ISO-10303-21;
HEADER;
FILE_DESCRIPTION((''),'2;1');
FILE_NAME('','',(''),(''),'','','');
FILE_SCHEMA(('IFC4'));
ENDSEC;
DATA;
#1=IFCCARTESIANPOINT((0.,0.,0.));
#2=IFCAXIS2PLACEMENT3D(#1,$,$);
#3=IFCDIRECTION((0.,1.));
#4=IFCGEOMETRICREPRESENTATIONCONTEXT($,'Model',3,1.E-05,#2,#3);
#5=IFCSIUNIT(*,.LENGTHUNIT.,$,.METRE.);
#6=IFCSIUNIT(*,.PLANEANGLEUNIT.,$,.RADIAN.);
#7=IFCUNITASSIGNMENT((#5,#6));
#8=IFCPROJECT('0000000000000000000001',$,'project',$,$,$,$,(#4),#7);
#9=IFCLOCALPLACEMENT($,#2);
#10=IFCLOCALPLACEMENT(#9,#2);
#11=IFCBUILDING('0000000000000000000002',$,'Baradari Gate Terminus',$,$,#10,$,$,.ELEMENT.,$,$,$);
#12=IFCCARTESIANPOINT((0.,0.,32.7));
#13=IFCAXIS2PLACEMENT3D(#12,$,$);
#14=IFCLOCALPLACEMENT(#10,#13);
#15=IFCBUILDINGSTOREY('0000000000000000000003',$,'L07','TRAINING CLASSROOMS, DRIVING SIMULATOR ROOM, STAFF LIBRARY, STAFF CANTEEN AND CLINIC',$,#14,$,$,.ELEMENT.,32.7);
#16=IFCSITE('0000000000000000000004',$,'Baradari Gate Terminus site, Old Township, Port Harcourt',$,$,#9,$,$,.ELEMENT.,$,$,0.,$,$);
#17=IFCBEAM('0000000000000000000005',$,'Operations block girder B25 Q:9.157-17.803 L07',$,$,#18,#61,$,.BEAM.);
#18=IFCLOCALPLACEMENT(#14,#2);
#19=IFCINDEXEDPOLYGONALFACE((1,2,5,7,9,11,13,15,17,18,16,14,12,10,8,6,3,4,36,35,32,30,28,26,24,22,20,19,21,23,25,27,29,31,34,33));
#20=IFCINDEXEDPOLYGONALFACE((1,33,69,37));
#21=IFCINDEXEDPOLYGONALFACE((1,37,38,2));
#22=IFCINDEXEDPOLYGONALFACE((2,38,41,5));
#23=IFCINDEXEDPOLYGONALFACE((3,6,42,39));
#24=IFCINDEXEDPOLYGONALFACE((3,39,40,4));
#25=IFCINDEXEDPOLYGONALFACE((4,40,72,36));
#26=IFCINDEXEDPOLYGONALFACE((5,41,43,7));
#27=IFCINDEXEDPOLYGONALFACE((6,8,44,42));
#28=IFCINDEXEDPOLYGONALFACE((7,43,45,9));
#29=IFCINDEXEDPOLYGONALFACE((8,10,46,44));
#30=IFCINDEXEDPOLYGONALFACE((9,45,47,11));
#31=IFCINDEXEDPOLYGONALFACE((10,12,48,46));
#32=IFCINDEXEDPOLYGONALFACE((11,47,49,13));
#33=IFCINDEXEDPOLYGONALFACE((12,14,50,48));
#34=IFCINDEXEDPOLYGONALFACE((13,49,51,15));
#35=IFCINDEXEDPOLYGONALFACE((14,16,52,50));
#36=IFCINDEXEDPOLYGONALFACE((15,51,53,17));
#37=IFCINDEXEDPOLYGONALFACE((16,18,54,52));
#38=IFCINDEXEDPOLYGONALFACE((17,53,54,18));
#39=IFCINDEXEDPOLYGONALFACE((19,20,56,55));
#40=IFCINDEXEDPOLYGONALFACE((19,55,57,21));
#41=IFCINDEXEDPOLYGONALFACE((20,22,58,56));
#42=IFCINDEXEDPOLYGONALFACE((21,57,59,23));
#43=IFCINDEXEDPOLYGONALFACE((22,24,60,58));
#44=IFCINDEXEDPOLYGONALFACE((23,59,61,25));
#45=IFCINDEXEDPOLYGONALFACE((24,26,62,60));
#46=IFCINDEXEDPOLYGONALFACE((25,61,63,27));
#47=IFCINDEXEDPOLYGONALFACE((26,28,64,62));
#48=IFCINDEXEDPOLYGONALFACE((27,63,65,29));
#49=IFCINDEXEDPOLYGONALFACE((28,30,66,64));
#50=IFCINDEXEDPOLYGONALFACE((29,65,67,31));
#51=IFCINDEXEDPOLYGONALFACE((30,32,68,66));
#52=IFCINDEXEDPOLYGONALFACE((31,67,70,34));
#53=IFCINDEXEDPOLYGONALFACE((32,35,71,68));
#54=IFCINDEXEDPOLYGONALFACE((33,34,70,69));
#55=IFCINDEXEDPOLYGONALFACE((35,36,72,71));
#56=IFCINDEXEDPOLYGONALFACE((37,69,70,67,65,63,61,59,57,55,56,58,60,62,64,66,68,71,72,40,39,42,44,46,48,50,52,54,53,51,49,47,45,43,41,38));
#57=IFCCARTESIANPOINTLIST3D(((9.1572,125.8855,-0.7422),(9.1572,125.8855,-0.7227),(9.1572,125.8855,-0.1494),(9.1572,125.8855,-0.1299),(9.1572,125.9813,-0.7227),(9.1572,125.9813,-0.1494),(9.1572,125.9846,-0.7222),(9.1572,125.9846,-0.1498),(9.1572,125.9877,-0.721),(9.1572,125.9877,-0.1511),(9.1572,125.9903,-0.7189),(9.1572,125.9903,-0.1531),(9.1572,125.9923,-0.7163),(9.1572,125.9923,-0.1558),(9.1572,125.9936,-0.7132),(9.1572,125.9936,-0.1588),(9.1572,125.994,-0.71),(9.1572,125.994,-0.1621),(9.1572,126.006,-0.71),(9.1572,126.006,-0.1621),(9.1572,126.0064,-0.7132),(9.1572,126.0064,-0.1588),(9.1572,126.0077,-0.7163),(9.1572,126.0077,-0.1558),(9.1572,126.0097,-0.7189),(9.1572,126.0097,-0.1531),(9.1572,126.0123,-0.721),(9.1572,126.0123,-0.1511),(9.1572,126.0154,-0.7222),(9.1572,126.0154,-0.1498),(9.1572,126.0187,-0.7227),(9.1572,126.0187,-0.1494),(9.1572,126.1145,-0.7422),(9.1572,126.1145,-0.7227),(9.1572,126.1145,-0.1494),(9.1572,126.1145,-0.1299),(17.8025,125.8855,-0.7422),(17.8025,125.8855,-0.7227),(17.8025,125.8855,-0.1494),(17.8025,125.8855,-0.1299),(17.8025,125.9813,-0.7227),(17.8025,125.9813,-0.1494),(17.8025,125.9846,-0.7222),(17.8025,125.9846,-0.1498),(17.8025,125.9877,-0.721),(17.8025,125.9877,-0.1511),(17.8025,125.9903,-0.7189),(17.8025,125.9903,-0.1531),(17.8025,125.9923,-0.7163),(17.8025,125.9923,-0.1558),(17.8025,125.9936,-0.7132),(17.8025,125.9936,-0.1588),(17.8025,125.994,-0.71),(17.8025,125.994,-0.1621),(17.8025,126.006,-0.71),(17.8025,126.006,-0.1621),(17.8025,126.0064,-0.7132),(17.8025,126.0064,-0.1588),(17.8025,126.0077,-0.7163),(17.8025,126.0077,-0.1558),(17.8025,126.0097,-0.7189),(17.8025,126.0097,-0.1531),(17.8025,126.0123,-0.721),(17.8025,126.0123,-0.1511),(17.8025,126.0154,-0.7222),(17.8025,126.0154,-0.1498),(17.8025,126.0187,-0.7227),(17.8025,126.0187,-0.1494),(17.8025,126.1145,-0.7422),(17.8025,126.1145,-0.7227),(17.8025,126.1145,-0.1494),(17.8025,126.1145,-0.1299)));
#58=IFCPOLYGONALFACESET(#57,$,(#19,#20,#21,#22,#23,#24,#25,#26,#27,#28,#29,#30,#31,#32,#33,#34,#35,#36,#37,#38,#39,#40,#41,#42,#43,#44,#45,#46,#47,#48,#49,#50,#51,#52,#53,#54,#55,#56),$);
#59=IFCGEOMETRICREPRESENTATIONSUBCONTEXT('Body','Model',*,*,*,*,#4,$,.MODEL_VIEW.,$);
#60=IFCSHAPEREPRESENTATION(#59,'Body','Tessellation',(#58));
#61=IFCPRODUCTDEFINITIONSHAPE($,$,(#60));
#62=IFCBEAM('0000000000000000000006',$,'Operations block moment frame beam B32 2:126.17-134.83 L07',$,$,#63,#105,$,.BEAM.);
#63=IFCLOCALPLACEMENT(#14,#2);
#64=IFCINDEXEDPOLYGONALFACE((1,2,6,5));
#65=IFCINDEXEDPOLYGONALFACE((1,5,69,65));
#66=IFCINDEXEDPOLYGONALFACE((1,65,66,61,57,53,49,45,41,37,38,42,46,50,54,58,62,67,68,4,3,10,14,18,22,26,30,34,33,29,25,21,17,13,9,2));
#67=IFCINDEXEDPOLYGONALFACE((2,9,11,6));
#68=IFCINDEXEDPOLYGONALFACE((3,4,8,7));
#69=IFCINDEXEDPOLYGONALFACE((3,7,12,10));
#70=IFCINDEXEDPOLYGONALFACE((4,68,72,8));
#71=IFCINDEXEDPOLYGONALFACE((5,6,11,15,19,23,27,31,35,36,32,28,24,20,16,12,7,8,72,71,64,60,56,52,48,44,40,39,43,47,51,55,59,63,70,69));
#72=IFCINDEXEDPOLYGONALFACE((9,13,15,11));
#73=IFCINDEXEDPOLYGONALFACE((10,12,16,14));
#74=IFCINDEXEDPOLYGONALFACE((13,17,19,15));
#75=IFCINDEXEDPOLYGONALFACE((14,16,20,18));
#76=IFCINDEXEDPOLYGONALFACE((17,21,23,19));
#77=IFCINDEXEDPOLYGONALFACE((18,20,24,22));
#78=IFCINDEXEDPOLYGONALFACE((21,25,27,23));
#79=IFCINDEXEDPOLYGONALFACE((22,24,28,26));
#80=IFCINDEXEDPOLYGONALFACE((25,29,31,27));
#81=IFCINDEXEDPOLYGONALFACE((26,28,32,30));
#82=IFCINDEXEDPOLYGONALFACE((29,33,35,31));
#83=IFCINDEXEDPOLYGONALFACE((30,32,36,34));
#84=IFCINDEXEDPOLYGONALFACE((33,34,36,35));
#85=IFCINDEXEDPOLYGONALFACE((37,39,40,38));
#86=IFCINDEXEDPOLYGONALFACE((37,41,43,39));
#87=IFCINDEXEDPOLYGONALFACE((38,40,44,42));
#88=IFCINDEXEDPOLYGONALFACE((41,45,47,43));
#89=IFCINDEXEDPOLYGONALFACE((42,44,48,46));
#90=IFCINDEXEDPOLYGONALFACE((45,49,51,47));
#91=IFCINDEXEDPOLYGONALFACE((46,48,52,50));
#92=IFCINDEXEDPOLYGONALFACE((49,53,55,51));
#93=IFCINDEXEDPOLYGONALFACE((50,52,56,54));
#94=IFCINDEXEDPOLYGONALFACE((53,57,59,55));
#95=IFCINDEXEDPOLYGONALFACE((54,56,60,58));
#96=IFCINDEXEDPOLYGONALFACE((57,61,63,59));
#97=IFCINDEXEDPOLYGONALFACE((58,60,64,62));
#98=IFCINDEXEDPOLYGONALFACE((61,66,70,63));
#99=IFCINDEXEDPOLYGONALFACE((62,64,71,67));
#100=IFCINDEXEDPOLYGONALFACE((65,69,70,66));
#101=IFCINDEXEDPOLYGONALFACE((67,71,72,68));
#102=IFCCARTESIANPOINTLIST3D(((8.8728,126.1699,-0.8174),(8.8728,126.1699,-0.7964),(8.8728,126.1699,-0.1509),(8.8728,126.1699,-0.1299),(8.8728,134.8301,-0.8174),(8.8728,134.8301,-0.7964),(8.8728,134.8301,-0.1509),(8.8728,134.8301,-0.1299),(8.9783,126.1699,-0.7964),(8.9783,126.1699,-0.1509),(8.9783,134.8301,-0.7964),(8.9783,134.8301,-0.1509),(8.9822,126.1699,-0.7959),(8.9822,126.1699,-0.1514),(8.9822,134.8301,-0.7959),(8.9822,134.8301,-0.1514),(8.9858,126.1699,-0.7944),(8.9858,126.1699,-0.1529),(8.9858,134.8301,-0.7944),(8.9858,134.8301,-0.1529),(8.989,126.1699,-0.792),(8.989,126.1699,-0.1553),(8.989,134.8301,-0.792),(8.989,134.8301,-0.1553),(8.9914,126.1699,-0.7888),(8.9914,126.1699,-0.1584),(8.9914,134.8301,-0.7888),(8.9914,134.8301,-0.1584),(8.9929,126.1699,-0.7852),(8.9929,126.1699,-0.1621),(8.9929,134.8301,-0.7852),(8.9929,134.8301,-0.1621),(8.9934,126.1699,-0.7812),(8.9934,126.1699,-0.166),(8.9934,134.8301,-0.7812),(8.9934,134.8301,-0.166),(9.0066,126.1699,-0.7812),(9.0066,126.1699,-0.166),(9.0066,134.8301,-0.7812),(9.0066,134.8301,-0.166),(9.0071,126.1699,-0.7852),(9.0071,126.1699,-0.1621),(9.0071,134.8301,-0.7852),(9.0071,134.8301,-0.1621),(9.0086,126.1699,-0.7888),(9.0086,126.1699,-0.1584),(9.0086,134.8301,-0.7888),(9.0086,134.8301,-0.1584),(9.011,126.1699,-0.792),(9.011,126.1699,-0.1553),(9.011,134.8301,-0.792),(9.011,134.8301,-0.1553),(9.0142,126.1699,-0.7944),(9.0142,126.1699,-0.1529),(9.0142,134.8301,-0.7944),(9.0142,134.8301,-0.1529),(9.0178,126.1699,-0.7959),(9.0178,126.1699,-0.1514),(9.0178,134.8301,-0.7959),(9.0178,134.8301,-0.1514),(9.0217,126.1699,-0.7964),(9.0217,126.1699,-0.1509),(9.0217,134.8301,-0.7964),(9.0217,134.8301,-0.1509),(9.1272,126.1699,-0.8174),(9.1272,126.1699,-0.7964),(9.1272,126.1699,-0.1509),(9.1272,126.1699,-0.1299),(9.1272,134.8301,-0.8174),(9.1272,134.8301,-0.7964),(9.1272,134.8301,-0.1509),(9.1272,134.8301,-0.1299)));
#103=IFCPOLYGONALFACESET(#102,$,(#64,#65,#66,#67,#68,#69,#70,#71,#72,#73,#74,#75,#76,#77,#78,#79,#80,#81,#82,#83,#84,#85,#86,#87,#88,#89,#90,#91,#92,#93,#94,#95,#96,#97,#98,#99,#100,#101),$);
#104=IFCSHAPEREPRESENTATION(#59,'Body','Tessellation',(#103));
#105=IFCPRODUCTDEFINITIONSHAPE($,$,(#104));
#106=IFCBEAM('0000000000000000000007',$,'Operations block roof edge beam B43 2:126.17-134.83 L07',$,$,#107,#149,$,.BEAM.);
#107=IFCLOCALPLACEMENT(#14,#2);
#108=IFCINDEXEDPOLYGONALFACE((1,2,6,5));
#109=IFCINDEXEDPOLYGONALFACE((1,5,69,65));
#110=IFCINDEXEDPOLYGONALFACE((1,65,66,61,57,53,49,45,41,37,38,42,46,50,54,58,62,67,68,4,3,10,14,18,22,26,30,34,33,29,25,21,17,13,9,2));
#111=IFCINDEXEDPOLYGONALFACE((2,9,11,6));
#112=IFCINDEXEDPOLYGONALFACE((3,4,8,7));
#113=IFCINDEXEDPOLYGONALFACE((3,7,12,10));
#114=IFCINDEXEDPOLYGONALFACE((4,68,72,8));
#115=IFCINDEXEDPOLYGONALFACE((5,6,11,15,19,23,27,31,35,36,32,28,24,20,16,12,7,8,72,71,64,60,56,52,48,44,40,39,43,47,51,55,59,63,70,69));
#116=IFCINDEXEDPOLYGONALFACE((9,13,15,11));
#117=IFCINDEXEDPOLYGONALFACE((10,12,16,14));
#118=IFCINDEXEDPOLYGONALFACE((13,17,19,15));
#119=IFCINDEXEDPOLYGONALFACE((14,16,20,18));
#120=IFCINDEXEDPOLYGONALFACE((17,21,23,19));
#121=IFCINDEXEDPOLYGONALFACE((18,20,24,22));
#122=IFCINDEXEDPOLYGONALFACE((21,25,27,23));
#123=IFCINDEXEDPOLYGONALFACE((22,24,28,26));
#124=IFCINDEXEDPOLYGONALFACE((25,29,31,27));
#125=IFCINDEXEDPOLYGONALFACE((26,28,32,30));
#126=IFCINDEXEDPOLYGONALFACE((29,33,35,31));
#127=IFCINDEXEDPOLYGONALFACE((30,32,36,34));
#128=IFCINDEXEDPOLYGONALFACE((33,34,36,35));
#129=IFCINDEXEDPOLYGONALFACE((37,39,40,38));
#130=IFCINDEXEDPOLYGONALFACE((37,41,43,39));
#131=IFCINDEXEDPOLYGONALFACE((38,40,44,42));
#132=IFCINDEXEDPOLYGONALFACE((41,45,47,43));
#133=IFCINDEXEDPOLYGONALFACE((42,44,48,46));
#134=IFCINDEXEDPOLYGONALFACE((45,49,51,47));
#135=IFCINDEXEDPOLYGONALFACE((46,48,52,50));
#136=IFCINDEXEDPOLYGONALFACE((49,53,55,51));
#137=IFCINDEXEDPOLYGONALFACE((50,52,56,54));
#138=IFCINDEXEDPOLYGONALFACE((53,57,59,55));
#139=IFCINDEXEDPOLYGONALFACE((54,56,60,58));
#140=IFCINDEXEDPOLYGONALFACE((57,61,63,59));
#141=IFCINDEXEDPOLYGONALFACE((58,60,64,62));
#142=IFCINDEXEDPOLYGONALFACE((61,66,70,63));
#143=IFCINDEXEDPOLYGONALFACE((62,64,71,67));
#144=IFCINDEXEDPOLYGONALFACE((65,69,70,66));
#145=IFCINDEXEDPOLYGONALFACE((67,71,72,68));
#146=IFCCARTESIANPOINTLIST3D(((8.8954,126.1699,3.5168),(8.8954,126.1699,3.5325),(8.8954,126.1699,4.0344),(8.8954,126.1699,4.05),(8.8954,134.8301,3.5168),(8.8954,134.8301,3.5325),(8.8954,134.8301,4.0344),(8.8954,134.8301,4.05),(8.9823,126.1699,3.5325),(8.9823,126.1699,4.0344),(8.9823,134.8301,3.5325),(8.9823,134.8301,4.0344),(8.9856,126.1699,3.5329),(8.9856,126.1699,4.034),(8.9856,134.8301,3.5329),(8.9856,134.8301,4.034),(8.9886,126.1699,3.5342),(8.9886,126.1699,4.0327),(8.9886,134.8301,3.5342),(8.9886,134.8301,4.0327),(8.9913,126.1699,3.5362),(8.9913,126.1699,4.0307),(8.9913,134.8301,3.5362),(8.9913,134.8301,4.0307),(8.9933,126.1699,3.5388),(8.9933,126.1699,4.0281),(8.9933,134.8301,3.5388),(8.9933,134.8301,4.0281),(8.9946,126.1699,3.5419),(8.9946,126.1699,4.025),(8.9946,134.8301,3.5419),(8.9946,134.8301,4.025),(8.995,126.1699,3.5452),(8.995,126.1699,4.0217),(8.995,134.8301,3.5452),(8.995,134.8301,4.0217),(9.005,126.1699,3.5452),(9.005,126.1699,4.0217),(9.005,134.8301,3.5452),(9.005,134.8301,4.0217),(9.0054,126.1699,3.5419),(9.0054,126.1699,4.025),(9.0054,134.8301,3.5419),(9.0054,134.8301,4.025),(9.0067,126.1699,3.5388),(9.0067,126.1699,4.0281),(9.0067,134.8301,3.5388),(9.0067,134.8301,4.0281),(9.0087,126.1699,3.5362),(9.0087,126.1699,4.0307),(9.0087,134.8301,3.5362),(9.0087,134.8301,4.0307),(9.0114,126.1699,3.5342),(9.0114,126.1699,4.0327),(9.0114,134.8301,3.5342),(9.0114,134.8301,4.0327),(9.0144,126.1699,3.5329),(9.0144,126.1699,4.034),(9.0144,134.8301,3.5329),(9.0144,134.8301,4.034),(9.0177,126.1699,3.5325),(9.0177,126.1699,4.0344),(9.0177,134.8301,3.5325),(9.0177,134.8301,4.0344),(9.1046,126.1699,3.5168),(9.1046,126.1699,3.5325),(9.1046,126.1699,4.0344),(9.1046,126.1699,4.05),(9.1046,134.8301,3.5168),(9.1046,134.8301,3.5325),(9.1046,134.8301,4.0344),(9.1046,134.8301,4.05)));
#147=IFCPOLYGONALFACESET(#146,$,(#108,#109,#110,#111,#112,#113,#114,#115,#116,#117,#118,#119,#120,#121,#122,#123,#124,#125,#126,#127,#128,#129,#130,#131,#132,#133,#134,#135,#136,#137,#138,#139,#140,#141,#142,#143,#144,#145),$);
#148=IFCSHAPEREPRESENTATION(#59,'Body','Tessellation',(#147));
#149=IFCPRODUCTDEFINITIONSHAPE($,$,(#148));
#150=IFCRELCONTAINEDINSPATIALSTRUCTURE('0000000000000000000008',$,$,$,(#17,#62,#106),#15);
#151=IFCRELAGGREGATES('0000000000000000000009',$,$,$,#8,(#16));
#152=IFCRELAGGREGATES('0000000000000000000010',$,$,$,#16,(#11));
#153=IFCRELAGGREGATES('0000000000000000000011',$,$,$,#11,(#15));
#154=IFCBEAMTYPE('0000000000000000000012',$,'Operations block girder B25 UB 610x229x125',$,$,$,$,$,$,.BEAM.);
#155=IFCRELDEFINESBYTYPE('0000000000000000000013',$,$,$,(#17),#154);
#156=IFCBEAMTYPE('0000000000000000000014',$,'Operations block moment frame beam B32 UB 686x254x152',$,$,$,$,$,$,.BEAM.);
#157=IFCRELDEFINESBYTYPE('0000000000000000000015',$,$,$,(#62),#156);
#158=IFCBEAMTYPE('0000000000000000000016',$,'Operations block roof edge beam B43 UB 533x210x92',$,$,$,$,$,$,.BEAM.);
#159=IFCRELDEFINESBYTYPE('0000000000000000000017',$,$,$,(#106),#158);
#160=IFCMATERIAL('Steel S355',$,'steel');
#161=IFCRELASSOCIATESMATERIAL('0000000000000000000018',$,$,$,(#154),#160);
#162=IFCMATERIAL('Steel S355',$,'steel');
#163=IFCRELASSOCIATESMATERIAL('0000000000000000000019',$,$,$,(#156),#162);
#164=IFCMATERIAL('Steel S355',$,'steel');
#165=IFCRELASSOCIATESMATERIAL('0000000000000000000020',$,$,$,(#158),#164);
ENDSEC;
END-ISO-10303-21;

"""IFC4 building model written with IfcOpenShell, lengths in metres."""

from ifc_helpers import new_model, si_unit, direction, frame, origin, origin_2d, place, context, subcontext, project, spatial, i_section, extrude, material, material_profile, profile_set, type_object, element, save


model = new_model("IFC4")

# Units and contexts
model_context = context("Model", 3, precision=1e-05, world=origin(), true_north=direction((0.0, 1.0)))
body_context = subcontext(model_context, "Body", "Model", "MODEL_VIEW")
ifc_project = project(units=[si_unit("LENGTHUNIT", "METRE"), si_unit("PLANEANGLEUNIT", "RADIAN")], contexts=[model_context])

# Site, building, storey
site_placement = place(None, origin())
site = spatial("IfcSite", under=ifc_project, at=site_placement, Name="Baradari Gate Terminus site, Old Township, Port Harcourt", CompositionType="ELEMENT", RefElevation=0.0)
building_placement = place(site_placement, origin())
building = spatial("IfcBuilding", under=site, at=building_placement, Name="Baradari Gate Terminus", CompositionType="ELEMENT")
storey_placement = place(building_placement, frame((0.0, 0.0, 32.7)))
storey = spatial("IfcBuildingStorey", under=building, at=storey_placement, Name="L07", Description="TRAINING CLASSROOMS, DRIVING SIMULATOR ROOM, STAFF LIBRARY, STAFF CANTEEN AND CLINIC", CompositionType="ELEMENT", Elevation=32.7)

# Beams
ifc_material_1 = material(Name="Steel S355", Category="steel")
ifc_material_profile_1 = material_profile(ifc_material_1, i_section(OverallWidth=0.229, OverallDepth=0.6123, WebThickness=0.012, FlangeThickness=0.0195, FilletRadius=0.0127, at=origin_2d()), Name="UB 610x229x125")
ifc_profile_set_1 = profile_set([ifc_material_profile_1], Name="Steel S355")
beam_type_1 = type_object("IfcBeamType", Name="Operations block girder B25 UB 610x229x125", PredefinedType="BEAM", material=ifc_profile_set_1)
beam_1_placement = place(storey_placement, frame((9.1572, 126.0, -0.436), z_axis=(1.0, 0.0, 0.0), x_axis=(0.0, 1.0, 0.0)))
element("IfcBeam", 1, at=beam_1_placement, inside=storey, type_object=beam_type_1, Name="Operations block girder B25 Q:9.157-17.803 L07", PredefinedType="BEAM", context=body_context, shape_type="SweptSolid", body=[
    extrude(i_section(OverallWidth=0.229, OverallDepth=0.6123, WebThickness=0.012, FlangeThickness=0.0195, FilletRadius=0.0127, at=origin_2d()), origin(), (0.0, 0.0, 1.0), 8.6453),
])
ifc_material_2 = material(Name="Steel S355", Category="steel")
ifc_material_profile_2 = material_profile(ifc_material_2, i_section(OverallWidth=0.2544, OverallDepth=0.6875, WebThickness=0.0132, FlangeThickness=0.021, FilletRadius=0.0151, at=origin_2d()), Name="UB 686x254x152")
ifc_profile_set_2 = profile_set([ifc_material_profile_2], Name="Steel S355")
beam_type_2 = type_object("IfcBeamType", Name="Operations block moment frame beam B32 UB 686x254x152", PredefinedType="BEAM", material=ifc_profile_set_2)
beam_2_placement = place(storey_placement, frame((9.0, 126.1699, -0.4736), z_axis=(0.0, 1.0, 0.0), x_axis=(-1.0, 0.0, 0.0)))
element("IfcBeam", 2, at=beam_2_placement, inside=storey, type_object=beam_type_2, Name="Operations block moment frame beam B32 2:126.17-134.83 L07", PredefinedType="BEAM", context=body_context, shape_type="SweptSolid", body=[
    extrude(i_section(OverallWidth=0.2544, OverallDepth=0.6875, WebThickness=0.0132, FlangeThickness=0.021, FilletRadius=0.0151, at=origin_2d()), origin(), (0.0, 0.0, 1.0), 8.6602),
])
ifc_material_3 = material(Name="Steel S355", Category="steel")
ifc_material_profile_3 = material_profile(ifc_material_3, i_section(OverallWidth=0.2092, OverallDepth=0.5332, WebThickness=0.01, FlangeThickness=0.0156, FilletRadius=0.0127, at=origin_2d()), Name="UB 533x210x92")
ifc_profile_set_3 = profile_set([ifc_material_profile_3], Name="Steel S355")
beam_type_3 = type_object("IfcBeamType", Name="Operations block roof edge beam B43 UB 533x210x92", PredefinedType="BEAM", material=ifc_profile_set_3)
beam_3_placement = place(storey_placement, frame((9.0, 126.1699, 3.7834), z_axis=(0.0, 1.0, 0.0), x_axis=(-1.0, 0.0, 0.0)))
element("IfcBeam", 3, at=beam_3_placement, inside=storey, type_object=beam_type_3, Name="Operations block roof edge beam B43 2:126.17-134.83 L07", PredefinedType="BEAM", context=body_context, shape_type="SweptSolid", body=[
    extrude(i_section(OverallWidth=0.2092, OverallDepth=0.5332, WebThickness=0.01, FlangeThickness=0.0156, FilletRadius=0.0127, at=origin_2d()), origin(), (0.0, 0.0, 1.0), 8.6602),
])

save(model, "model.ifc")
